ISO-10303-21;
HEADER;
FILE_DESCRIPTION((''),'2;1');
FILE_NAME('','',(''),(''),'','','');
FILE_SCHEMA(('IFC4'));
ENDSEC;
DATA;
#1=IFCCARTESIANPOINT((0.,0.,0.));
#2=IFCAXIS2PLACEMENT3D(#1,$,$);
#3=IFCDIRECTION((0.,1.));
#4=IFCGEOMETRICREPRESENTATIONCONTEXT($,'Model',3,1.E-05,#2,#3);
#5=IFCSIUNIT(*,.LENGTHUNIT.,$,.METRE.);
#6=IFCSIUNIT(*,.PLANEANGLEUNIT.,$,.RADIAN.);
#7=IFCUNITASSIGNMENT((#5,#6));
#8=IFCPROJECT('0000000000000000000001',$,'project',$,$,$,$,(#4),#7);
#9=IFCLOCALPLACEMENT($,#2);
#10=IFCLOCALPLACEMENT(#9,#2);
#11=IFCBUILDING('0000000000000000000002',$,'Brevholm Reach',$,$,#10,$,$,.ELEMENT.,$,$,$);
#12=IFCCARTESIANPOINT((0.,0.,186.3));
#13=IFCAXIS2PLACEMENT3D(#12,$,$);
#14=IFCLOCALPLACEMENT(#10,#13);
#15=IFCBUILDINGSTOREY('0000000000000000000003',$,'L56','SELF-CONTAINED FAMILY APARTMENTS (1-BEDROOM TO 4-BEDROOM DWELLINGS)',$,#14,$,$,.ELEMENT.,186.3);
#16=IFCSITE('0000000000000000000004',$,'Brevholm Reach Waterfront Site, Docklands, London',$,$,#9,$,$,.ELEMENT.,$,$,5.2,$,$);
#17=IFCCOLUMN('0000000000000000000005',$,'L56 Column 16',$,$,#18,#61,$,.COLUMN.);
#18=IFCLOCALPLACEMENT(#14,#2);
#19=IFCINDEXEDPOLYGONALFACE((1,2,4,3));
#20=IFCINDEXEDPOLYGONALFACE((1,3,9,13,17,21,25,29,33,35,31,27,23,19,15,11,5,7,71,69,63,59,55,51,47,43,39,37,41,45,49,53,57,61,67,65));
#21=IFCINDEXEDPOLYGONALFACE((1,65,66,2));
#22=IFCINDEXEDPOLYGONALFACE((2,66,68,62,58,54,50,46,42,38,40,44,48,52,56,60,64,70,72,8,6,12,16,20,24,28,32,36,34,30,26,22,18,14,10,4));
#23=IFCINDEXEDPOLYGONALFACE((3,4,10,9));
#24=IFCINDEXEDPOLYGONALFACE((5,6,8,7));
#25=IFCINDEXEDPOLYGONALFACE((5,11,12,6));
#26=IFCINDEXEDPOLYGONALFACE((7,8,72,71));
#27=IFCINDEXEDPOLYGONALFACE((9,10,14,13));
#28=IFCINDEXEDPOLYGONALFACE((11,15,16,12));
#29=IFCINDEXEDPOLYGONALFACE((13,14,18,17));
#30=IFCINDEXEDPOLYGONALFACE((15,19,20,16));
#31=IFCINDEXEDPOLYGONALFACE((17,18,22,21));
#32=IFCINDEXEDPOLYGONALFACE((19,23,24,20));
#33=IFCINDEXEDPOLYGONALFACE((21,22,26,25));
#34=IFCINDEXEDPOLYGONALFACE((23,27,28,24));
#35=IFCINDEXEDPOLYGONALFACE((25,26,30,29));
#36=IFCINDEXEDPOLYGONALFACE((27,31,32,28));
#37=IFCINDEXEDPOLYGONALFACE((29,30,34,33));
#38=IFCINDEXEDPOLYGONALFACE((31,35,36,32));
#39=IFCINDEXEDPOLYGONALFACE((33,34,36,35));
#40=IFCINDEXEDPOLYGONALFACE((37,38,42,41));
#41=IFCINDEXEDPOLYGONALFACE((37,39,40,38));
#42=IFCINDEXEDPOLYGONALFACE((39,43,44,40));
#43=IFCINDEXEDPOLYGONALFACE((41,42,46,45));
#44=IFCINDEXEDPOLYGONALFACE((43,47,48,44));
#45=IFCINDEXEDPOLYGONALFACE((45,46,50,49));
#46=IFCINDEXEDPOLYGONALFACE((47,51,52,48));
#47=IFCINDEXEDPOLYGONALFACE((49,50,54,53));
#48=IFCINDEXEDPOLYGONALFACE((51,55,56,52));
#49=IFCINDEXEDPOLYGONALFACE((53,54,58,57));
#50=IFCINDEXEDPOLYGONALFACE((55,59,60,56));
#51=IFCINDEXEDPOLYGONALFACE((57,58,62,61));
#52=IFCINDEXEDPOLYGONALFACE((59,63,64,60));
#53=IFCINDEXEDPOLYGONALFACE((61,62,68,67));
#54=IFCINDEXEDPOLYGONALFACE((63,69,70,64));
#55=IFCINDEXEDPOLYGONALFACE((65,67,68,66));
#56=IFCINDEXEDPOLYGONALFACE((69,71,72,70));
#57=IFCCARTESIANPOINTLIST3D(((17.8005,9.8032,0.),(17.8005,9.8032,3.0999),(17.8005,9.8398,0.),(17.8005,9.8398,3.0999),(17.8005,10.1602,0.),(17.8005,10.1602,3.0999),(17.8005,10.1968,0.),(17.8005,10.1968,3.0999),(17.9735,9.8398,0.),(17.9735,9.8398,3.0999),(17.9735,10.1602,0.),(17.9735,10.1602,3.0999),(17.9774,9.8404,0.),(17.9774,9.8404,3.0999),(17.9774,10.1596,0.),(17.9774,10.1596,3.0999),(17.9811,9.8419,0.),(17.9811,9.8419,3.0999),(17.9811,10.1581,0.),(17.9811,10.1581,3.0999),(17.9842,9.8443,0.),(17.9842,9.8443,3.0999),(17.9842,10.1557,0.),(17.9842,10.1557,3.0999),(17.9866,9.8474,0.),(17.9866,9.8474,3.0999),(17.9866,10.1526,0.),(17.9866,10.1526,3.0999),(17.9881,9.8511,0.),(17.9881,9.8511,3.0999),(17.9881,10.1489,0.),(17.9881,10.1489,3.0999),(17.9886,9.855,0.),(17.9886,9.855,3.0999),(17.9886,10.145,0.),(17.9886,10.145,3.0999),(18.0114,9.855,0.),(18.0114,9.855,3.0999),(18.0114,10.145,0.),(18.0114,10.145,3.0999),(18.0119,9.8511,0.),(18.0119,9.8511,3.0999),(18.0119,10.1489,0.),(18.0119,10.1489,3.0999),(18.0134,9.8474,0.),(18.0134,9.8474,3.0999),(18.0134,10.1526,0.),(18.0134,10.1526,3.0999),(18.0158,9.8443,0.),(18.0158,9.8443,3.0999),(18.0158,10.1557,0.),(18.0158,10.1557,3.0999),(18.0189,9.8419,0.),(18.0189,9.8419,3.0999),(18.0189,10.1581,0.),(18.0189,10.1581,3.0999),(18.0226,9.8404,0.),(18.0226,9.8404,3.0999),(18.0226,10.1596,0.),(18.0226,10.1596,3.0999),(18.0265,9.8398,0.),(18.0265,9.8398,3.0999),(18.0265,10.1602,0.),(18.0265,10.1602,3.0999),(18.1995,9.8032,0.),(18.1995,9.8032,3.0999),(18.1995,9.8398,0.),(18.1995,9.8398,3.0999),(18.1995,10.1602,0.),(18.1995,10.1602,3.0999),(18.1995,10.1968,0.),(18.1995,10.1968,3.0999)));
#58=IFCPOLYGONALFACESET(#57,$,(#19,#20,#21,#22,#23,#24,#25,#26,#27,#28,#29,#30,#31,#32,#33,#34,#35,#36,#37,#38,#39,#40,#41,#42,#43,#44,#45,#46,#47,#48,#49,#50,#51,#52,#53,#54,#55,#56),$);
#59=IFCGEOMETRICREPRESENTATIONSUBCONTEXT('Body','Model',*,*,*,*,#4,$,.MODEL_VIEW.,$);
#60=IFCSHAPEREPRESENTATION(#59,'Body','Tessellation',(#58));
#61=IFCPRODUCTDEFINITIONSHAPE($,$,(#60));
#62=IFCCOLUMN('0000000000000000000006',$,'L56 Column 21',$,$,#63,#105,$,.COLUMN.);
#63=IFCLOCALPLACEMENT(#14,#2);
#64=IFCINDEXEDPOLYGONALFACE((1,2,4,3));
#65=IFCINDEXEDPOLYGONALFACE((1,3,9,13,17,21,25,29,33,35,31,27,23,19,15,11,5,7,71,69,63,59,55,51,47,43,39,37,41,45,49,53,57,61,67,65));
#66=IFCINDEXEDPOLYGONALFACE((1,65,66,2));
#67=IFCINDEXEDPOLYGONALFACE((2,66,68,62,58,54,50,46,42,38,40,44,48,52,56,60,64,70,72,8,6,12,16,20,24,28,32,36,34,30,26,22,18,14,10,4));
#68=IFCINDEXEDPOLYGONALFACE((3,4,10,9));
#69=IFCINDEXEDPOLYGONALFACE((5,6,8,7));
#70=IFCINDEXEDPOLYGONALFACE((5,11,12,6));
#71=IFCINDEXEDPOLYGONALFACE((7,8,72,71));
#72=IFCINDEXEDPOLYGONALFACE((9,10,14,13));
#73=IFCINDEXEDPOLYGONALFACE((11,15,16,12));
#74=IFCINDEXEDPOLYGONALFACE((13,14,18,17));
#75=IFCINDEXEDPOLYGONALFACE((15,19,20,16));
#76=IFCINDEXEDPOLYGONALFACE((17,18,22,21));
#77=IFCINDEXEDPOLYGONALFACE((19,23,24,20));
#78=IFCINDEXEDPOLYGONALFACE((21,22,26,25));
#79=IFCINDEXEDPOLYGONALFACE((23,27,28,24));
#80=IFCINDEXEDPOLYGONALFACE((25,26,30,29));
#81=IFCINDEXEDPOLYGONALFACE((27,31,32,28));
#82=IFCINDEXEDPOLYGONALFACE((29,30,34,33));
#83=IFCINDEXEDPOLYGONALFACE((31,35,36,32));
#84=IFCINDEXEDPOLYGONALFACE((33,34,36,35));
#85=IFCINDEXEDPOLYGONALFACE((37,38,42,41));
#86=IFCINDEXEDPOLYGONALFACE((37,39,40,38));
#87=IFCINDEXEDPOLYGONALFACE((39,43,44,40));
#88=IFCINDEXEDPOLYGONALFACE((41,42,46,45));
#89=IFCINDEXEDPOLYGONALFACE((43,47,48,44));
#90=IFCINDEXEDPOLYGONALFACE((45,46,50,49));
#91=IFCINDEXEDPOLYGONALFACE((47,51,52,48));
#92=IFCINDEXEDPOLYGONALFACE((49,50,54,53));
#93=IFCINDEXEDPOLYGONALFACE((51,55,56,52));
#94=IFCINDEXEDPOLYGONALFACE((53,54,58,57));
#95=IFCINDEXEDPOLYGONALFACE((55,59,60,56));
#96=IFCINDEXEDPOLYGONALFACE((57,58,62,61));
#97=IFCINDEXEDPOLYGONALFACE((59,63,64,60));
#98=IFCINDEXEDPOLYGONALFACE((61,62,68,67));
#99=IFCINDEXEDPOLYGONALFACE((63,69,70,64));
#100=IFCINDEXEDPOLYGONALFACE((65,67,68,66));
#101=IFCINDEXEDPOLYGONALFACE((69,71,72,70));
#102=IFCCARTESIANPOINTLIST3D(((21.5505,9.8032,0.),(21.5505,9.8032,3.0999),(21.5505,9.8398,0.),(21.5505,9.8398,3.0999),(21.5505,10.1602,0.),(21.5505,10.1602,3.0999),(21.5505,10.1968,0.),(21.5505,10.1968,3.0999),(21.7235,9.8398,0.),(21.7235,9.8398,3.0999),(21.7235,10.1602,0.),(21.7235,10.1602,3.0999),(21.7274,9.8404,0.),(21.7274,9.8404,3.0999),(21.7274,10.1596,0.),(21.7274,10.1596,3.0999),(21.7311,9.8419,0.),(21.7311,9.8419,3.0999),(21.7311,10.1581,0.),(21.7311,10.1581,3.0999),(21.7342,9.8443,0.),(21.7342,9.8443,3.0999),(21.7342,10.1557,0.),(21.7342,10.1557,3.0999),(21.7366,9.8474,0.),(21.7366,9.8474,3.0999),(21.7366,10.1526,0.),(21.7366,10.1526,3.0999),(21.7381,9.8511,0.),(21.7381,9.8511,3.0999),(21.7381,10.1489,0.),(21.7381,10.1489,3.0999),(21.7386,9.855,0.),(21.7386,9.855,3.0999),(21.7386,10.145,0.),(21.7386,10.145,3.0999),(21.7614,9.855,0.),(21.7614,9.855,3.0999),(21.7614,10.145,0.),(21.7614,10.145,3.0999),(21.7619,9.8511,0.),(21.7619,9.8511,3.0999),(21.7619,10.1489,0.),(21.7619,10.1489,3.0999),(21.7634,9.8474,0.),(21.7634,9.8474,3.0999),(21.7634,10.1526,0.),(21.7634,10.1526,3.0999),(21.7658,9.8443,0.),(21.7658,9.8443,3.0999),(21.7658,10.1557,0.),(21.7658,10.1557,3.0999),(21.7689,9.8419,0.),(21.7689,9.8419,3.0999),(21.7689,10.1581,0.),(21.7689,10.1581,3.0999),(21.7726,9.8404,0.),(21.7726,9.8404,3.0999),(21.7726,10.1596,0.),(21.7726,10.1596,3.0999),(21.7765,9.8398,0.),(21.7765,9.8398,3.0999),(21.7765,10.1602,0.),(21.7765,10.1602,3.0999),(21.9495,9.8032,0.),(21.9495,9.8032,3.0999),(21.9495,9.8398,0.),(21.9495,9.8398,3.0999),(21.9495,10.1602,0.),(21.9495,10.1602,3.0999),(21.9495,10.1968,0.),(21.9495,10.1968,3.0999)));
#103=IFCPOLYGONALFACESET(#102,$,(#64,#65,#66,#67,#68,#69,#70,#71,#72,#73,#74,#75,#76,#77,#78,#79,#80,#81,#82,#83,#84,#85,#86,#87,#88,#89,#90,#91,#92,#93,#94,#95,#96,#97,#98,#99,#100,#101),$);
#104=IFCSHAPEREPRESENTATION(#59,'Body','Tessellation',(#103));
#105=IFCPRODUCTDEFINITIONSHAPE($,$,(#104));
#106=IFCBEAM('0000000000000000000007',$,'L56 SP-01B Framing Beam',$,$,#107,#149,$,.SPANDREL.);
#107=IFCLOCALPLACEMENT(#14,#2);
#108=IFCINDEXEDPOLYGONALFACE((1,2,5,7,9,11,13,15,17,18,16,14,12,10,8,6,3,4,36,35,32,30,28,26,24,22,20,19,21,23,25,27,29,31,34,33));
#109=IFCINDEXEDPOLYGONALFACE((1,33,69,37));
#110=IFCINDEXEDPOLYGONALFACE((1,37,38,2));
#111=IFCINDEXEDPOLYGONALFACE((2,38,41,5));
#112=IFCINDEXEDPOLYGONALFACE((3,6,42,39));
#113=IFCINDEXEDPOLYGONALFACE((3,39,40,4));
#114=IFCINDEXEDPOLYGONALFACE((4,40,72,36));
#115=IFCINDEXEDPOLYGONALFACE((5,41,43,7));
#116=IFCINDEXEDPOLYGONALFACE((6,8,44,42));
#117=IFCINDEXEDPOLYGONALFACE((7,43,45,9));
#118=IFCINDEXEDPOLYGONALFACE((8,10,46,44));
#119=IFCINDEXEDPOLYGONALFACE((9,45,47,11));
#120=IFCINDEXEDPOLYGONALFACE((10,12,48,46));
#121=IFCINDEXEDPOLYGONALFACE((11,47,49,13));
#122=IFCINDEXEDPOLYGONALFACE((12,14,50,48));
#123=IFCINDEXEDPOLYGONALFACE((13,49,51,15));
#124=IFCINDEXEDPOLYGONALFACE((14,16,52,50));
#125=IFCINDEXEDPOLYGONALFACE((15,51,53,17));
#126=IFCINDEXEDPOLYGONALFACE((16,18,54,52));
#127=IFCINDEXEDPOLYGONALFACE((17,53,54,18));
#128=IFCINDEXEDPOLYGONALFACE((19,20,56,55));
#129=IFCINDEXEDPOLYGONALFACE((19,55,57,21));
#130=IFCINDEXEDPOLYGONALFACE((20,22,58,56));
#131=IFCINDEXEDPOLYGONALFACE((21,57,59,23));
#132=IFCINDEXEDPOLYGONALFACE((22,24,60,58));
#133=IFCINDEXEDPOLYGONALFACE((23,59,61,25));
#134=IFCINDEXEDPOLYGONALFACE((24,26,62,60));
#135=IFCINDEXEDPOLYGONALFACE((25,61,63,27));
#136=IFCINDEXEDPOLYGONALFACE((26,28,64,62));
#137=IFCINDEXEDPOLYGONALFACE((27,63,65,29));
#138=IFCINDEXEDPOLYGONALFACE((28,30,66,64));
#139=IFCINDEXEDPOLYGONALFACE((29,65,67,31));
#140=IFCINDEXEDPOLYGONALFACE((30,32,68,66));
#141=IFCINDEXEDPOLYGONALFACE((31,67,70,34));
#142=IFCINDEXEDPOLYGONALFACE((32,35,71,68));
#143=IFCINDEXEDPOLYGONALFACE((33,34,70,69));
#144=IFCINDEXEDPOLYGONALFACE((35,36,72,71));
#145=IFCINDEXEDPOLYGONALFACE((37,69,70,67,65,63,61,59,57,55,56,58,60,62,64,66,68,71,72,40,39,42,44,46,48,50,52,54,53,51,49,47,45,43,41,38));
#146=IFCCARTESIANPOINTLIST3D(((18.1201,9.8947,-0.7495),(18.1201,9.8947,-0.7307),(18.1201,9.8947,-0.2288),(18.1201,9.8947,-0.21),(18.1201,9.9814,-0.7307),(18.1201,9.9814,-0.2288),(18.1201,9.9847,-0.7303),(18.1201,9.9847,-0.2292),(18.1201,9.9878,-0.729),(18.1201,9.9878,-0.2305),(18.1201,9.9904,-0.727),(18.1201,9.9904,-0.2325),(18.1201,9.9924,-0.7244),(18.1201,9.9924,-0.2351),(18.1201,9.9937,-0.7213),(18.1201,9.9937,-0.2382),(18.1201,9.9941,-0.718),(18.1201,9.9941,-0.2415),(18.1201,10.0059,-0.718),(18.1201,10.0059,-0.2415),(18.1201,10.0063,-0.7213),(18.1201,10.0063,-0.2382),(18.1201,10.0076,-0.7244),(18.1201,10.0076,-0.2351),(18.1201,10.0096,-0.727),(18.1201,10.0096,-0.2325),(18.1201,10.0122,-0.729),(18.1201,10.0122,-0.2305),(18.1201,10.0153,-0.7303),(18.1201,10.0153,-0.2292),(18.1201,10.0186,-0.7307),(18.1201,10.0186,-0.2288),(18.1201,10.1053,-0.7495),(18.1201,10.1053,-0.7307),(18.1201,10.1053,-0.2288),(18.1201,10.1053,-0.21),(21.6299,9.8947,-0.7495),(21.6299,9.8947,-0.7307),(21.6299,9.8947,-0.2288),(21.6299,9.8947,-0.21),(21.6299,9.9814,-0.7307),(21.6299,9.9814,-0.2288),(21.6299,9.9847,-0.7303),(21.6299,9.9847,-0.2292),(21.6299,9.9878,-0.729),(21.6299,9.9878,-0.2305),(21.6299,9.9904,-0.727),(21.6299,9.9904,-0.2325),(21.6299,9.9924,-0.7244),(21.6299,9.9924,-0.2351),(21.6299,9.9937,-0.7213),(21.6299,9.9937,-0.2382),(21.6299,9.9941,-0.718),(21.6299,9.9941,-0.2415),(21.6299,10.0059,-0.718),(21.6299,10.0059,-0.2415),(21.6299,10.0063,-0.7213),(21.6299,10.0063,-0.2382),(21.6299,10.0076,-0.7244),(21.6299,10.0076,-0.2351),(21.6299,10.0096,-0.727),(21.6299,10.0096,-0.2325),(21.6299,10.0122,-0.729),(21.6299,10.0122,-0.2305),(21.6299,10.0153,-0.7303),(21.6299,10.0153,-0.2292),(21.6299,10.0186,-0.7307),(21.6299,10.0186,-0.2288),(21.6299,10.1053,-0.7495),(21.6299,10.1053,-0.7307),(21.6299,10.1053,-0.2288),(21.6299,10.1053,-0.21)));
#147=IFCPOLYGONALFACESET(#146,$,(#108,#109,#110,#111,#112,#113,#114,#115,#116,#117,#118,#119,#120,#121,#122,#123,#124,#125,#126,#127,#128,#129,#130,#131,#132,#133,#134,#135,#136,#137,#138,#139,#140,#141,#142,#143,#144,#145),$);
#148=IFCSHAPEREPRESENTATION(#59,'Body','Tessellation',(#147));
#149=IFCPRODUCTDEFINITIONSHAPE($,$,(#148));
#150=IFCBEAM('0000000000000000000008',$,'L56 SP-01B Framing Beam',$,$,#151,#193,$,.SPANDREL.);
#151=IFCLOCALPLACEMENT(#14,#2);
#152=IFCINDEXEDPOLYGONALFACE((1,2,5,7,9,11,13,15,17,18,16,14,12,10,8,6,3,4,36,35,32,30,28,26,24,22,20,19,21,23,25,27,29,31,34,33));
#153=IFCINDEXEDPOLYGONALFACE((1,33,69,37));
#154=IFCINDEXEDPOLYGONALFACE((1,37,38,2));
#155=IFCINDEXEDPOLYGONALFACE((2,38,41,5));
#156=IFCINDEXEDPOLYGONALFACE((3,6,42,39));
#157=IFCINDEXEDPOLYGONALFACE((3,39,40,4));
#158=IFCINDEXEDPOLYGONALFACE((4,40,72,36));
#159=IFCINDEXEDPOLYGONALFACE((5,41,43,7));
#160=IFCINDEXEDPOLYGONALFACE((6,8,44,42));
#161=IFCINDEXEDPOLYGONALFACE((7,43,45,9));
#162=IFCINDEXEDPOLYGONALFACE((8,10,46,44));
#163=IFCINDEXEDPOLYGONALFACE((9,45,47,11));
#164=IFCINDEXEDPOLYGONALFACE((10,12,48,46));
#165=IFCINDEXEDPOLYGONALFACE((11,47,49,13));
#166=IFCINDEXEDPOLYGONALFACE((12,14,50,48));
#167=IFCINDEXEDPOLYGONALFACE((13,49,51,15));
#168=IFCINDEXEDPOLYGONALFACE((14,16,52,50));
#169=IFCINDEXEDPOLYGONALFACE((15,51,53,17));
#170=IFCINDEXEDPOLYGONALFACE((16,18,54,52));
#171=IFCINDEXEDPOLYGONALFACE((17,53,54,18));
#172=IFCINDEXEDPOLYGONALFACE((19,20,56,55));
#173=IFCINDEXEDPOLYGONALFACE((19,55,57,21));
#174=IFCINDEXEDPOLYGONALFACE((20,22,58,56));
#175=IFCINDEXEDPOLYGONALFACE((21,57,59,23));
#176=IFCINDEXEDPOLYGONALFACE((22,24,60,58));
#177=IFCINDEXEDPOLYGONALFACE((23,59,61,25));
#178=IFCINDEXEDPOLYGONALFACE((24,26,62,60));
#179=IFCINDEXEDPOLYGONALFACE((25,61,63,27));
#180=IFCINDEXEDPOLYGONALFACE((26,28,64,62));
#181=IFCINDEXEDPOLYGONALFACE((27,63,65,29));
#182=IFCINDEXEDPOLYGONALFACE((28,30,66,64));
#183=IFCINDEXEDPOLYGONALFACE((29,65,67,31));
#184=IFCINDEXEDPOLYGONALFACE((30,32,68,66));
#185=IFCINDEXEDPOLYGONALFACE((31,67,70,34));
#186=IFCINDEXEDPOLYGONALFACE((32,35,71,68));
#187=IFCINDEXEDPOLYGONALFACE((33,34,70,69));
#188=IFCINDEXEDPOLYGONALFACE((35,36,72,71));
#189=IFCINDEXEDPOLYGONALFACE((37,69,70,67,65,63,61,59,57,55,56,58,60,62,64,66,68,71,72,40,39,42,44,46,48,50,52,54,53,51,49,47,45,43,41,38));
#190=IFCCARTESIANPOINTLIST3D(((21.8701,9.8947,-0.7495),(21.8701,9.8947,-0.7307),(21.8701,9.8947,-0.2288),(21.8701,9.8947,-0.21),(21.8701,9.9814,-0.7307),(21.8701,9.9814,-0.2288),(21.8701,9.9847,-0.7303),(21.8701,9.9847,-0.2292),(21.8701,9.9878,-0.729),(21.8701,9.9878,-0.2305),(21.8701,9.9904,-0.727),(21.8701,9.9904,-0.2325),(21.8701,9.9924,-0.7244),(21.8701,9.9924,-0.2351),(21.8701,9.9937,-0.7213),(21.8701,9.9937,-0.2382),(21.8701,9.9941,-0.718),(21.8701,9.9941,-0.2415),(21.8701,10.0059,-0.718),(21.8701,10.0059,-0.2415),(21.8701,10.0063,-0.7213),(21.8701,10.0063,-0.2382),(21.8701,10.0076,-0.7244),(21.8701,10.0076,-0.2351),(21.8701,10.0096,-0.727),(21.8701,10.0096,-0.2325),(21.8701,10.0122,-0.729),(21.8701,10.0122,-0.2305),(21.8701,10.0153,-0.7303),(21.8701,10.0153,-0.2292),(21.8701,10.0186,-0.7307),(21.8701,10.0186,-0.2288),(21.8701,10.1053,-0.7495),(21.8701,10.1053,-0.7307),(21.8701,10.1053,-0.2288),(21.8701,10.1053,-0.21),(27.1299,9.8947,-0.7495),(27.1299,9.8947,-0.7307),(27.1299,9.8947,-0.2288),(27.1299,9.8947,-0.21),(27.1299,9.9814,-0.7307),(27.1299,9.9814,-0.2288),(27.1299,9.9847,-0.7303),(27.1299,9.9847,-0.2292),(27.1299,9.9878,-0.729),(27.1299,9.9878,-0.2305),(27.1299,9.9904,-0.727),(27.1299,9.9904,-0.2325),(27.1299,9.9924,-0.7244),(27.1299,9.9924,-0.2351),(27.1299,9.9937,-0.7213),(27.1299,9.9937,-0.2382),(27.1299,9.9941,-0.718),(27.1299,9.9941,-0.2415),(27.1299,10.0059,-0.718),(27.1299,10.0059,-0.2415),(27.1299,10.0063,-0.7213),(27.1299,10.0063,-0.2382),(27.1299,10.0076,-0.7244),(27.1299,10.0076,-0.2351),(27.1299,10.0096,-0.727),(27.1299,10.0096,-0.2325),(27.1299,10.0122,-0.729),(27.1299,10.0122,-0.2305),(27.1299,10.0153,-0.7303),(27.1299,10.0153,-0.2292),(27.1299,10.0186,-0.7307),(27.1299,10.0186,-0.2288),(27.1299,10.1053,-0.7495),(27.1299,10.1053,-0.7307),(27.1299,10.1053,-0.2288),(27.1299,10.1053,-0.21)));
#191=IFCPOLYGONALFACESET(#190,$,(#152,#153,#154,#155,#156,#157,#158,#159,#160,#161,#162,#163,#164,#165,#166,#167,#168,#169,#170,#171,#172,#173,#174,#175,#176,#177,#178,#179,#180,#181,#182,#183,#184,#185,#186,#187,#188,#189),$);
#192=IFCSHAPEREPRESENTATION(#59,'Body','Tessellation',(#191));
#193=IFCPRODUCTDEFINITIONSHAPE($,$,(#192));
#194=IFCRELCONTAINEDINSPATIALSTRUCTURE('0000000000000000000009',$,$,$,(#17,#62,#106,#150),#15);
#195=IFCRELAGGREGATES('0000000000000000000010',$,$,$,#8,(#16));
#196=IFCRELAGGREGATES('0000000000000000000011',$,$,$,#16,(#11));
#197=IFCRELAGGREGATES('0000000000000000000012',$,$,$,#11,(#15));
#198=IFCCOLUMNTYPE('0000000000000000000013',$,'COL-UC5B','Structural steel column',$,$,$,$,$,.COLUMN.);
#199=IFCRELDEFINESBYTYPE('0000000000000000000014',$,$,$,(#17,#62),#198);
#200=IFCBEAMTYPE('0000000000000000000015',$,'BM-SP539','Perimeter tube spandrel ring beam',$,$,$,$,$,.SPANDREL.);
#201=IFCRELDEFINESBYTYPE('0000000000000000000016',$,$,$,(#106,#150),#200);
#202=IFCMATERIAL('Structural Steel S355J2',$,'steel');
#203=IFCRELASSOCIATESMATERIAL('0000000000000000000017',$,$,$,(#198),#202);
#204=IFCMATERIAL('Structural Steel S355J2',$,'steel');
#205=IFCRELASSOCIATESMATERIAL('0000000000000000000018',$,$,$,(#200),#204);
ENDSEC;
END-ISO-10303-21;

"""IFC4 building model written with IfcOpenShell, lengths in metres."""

from ifc_helpers import new_model, si_unit, direction, frame, origin, origin_2d, place, context, subcontext, project, spatial, i_section, extrude, material, material_profile, profile_set, type_object, element, save


model = new_model("IFC4")

# Units and contexts
model_context = context("Model", 3, precision=1e-05, world=origin(), true_north=direction((0.0, 1.0)))
body_context = subcontext(model_context, "Body", "Model", "MODEL_VIEW")
ifc_project = project(units=[si_unit("LENGTHUNIT", "METRE"), si_unit("PLANEANGLEUNIT", "RADIAN")], contexts=[model_context])

# Site, building, storey
site_placement = place(None, origin())
site = spatial("IfcSite", under=ifc_project, at=site_placement, Name="Brevholm Reach Waterfront Site, Docklands, London", CompositionType="ELEMENT", RefElevation=5.2)
building_placement = place(site_placement, origin())
building = spatial("IfcBuilding", under=site, at=building_placement, Name="Brevholm Reach", CompositionType="ELEMENT")
storey_placement = place(building_placement, frame((0.0, 0.0, 186.3)))
storey = spatial("IfcBuildingStorey", under=building, at=storey_placement, Name="L56", Description="SELF-CONTAINED FAMILY APARTMENTS (1-BEDROOM TO 4-BEDROOM DWELLINGS)", CompositionType="ELEMENT", Elevation=186.3)

# Columns
ifc_material_1 = material(Name="Structural Steel S355J2", Category="steel")
ifc_material_profile_1 = material_profile(ifc_material_1, i_section(OverallWidth=0.3989, OverallDepth=0.3936, WebThickness=0.0227, FlangeThickness=0.0366, FilletRadius=0.0151, at=origin_2d()), Name="UKC 356x406x287")
ifc_profile_set_1 = profile_set([ifc_material_profile_1], Name="Structural Steel S355J2")
column_type = type_object("IfcColumnType", Name="COL-UC5B", Description="Structural steel column", PredefinedType="COLUMN", material=ifc_profile_set_1)
for number, where, z_axis, x_axis, name in (
    (1, (18.0, 10.0, 0.0), (0.0, 0.0, 1.0), (1.0, 0.0, 0.0), "L56 Column 16"),
    (2, (21.75, 10.0, 0.0), (0.0, 0.0, 1.0), (1.0, 0.0, 0.0), "L56 Column 21"),
):
    element("IfcColumn", number, at=place(storey_placement, frame(where, z_axis=z_axis, x_axis=x_axis)), inside=storey, type_object=column_type, Name=name, PredefinedType="COLUMN", context=body_context, shape_type="SweptSolid", body=[
        extrude(i_section(OverallWidth=0.3989, OverallDepth=0.3936, WebThickness=0.0227, FlangeThickness=0.0366, FilletRadius=0.0151, at=origin_2d()), origin(), (0.0, 0.0, 1.0), 3.0999),
    ])

# Beams
ifc_material_2 = material(Name="Structural Steel S355J2", Category="steel")
ifc_material_profile_2 = material_profile(ifc_material_2, i_section(OverallWidth=0.2107, OverallDepth=0.5396, WebThickness=0.0117, FlangeThickness=0.0188, FilletRadius=0.0127, at=origin_2d()), Name="UKB 533x210x109")
ifc_profile_set_2 = profile_set([ifc_material_profile_2], Name="Structural Steel S355J2")
beam_type = type_object("IfcBeamType", Name="BM-SP539", Description="Perimeter tube spandrel ring beam", PredefinedType="SPANDREL", material=ifc_profile_set_2)
beam_1_placement = place(storey_placement, frame((18.1201, 10.0, -0.4797), z_axis=(1.0, 0.0, 0.0), x_axis=(0.0, 1.0, 0.0)))
element("IfcBeam", 3, at=beam_1_placement, inside=storey, type_object=beam_type, Name="L56 SP-01B Framing Beam", PredefinedType="SPANDREL", context=body_context, shape_type="SweptSolid", body=[
    extrude(i_section(OverallWidth=0.2107, OverallDepth=0.5396, WebThickness=0.0117, FlangeThickness=0.0188, FilletRadius=0.0127, at=origin_2d()), origin(), (0.0, 0.0, 1.0), 3.5098),
])
beam_2_placement = place(storey_placement, frame((21.8701, 10.0, -0.4797), z_axis=(1.0, 0.0, 0.0), x_axis=(0.0, 1.0, 0.0)))
element("IfcBeam", 4, at=beam_2_placement, inside=storey, type_object=beam_type, Name="L56 SP-01B Framing Beam", PredefinedType="SPANDREL", context=body_context, shape_type="SweptSolid", body=[
    extrude(i_section(OverallWidth=0.2107, OverallDepth=0.5396, WebThickness=0.0117, FlangeThickness=0.0188, FilletRadius=0.0127, at=origin_2d()), origin(), (0.0, 0.0, 1.0), 5.2598),
])

save(model, "model.ifc")
